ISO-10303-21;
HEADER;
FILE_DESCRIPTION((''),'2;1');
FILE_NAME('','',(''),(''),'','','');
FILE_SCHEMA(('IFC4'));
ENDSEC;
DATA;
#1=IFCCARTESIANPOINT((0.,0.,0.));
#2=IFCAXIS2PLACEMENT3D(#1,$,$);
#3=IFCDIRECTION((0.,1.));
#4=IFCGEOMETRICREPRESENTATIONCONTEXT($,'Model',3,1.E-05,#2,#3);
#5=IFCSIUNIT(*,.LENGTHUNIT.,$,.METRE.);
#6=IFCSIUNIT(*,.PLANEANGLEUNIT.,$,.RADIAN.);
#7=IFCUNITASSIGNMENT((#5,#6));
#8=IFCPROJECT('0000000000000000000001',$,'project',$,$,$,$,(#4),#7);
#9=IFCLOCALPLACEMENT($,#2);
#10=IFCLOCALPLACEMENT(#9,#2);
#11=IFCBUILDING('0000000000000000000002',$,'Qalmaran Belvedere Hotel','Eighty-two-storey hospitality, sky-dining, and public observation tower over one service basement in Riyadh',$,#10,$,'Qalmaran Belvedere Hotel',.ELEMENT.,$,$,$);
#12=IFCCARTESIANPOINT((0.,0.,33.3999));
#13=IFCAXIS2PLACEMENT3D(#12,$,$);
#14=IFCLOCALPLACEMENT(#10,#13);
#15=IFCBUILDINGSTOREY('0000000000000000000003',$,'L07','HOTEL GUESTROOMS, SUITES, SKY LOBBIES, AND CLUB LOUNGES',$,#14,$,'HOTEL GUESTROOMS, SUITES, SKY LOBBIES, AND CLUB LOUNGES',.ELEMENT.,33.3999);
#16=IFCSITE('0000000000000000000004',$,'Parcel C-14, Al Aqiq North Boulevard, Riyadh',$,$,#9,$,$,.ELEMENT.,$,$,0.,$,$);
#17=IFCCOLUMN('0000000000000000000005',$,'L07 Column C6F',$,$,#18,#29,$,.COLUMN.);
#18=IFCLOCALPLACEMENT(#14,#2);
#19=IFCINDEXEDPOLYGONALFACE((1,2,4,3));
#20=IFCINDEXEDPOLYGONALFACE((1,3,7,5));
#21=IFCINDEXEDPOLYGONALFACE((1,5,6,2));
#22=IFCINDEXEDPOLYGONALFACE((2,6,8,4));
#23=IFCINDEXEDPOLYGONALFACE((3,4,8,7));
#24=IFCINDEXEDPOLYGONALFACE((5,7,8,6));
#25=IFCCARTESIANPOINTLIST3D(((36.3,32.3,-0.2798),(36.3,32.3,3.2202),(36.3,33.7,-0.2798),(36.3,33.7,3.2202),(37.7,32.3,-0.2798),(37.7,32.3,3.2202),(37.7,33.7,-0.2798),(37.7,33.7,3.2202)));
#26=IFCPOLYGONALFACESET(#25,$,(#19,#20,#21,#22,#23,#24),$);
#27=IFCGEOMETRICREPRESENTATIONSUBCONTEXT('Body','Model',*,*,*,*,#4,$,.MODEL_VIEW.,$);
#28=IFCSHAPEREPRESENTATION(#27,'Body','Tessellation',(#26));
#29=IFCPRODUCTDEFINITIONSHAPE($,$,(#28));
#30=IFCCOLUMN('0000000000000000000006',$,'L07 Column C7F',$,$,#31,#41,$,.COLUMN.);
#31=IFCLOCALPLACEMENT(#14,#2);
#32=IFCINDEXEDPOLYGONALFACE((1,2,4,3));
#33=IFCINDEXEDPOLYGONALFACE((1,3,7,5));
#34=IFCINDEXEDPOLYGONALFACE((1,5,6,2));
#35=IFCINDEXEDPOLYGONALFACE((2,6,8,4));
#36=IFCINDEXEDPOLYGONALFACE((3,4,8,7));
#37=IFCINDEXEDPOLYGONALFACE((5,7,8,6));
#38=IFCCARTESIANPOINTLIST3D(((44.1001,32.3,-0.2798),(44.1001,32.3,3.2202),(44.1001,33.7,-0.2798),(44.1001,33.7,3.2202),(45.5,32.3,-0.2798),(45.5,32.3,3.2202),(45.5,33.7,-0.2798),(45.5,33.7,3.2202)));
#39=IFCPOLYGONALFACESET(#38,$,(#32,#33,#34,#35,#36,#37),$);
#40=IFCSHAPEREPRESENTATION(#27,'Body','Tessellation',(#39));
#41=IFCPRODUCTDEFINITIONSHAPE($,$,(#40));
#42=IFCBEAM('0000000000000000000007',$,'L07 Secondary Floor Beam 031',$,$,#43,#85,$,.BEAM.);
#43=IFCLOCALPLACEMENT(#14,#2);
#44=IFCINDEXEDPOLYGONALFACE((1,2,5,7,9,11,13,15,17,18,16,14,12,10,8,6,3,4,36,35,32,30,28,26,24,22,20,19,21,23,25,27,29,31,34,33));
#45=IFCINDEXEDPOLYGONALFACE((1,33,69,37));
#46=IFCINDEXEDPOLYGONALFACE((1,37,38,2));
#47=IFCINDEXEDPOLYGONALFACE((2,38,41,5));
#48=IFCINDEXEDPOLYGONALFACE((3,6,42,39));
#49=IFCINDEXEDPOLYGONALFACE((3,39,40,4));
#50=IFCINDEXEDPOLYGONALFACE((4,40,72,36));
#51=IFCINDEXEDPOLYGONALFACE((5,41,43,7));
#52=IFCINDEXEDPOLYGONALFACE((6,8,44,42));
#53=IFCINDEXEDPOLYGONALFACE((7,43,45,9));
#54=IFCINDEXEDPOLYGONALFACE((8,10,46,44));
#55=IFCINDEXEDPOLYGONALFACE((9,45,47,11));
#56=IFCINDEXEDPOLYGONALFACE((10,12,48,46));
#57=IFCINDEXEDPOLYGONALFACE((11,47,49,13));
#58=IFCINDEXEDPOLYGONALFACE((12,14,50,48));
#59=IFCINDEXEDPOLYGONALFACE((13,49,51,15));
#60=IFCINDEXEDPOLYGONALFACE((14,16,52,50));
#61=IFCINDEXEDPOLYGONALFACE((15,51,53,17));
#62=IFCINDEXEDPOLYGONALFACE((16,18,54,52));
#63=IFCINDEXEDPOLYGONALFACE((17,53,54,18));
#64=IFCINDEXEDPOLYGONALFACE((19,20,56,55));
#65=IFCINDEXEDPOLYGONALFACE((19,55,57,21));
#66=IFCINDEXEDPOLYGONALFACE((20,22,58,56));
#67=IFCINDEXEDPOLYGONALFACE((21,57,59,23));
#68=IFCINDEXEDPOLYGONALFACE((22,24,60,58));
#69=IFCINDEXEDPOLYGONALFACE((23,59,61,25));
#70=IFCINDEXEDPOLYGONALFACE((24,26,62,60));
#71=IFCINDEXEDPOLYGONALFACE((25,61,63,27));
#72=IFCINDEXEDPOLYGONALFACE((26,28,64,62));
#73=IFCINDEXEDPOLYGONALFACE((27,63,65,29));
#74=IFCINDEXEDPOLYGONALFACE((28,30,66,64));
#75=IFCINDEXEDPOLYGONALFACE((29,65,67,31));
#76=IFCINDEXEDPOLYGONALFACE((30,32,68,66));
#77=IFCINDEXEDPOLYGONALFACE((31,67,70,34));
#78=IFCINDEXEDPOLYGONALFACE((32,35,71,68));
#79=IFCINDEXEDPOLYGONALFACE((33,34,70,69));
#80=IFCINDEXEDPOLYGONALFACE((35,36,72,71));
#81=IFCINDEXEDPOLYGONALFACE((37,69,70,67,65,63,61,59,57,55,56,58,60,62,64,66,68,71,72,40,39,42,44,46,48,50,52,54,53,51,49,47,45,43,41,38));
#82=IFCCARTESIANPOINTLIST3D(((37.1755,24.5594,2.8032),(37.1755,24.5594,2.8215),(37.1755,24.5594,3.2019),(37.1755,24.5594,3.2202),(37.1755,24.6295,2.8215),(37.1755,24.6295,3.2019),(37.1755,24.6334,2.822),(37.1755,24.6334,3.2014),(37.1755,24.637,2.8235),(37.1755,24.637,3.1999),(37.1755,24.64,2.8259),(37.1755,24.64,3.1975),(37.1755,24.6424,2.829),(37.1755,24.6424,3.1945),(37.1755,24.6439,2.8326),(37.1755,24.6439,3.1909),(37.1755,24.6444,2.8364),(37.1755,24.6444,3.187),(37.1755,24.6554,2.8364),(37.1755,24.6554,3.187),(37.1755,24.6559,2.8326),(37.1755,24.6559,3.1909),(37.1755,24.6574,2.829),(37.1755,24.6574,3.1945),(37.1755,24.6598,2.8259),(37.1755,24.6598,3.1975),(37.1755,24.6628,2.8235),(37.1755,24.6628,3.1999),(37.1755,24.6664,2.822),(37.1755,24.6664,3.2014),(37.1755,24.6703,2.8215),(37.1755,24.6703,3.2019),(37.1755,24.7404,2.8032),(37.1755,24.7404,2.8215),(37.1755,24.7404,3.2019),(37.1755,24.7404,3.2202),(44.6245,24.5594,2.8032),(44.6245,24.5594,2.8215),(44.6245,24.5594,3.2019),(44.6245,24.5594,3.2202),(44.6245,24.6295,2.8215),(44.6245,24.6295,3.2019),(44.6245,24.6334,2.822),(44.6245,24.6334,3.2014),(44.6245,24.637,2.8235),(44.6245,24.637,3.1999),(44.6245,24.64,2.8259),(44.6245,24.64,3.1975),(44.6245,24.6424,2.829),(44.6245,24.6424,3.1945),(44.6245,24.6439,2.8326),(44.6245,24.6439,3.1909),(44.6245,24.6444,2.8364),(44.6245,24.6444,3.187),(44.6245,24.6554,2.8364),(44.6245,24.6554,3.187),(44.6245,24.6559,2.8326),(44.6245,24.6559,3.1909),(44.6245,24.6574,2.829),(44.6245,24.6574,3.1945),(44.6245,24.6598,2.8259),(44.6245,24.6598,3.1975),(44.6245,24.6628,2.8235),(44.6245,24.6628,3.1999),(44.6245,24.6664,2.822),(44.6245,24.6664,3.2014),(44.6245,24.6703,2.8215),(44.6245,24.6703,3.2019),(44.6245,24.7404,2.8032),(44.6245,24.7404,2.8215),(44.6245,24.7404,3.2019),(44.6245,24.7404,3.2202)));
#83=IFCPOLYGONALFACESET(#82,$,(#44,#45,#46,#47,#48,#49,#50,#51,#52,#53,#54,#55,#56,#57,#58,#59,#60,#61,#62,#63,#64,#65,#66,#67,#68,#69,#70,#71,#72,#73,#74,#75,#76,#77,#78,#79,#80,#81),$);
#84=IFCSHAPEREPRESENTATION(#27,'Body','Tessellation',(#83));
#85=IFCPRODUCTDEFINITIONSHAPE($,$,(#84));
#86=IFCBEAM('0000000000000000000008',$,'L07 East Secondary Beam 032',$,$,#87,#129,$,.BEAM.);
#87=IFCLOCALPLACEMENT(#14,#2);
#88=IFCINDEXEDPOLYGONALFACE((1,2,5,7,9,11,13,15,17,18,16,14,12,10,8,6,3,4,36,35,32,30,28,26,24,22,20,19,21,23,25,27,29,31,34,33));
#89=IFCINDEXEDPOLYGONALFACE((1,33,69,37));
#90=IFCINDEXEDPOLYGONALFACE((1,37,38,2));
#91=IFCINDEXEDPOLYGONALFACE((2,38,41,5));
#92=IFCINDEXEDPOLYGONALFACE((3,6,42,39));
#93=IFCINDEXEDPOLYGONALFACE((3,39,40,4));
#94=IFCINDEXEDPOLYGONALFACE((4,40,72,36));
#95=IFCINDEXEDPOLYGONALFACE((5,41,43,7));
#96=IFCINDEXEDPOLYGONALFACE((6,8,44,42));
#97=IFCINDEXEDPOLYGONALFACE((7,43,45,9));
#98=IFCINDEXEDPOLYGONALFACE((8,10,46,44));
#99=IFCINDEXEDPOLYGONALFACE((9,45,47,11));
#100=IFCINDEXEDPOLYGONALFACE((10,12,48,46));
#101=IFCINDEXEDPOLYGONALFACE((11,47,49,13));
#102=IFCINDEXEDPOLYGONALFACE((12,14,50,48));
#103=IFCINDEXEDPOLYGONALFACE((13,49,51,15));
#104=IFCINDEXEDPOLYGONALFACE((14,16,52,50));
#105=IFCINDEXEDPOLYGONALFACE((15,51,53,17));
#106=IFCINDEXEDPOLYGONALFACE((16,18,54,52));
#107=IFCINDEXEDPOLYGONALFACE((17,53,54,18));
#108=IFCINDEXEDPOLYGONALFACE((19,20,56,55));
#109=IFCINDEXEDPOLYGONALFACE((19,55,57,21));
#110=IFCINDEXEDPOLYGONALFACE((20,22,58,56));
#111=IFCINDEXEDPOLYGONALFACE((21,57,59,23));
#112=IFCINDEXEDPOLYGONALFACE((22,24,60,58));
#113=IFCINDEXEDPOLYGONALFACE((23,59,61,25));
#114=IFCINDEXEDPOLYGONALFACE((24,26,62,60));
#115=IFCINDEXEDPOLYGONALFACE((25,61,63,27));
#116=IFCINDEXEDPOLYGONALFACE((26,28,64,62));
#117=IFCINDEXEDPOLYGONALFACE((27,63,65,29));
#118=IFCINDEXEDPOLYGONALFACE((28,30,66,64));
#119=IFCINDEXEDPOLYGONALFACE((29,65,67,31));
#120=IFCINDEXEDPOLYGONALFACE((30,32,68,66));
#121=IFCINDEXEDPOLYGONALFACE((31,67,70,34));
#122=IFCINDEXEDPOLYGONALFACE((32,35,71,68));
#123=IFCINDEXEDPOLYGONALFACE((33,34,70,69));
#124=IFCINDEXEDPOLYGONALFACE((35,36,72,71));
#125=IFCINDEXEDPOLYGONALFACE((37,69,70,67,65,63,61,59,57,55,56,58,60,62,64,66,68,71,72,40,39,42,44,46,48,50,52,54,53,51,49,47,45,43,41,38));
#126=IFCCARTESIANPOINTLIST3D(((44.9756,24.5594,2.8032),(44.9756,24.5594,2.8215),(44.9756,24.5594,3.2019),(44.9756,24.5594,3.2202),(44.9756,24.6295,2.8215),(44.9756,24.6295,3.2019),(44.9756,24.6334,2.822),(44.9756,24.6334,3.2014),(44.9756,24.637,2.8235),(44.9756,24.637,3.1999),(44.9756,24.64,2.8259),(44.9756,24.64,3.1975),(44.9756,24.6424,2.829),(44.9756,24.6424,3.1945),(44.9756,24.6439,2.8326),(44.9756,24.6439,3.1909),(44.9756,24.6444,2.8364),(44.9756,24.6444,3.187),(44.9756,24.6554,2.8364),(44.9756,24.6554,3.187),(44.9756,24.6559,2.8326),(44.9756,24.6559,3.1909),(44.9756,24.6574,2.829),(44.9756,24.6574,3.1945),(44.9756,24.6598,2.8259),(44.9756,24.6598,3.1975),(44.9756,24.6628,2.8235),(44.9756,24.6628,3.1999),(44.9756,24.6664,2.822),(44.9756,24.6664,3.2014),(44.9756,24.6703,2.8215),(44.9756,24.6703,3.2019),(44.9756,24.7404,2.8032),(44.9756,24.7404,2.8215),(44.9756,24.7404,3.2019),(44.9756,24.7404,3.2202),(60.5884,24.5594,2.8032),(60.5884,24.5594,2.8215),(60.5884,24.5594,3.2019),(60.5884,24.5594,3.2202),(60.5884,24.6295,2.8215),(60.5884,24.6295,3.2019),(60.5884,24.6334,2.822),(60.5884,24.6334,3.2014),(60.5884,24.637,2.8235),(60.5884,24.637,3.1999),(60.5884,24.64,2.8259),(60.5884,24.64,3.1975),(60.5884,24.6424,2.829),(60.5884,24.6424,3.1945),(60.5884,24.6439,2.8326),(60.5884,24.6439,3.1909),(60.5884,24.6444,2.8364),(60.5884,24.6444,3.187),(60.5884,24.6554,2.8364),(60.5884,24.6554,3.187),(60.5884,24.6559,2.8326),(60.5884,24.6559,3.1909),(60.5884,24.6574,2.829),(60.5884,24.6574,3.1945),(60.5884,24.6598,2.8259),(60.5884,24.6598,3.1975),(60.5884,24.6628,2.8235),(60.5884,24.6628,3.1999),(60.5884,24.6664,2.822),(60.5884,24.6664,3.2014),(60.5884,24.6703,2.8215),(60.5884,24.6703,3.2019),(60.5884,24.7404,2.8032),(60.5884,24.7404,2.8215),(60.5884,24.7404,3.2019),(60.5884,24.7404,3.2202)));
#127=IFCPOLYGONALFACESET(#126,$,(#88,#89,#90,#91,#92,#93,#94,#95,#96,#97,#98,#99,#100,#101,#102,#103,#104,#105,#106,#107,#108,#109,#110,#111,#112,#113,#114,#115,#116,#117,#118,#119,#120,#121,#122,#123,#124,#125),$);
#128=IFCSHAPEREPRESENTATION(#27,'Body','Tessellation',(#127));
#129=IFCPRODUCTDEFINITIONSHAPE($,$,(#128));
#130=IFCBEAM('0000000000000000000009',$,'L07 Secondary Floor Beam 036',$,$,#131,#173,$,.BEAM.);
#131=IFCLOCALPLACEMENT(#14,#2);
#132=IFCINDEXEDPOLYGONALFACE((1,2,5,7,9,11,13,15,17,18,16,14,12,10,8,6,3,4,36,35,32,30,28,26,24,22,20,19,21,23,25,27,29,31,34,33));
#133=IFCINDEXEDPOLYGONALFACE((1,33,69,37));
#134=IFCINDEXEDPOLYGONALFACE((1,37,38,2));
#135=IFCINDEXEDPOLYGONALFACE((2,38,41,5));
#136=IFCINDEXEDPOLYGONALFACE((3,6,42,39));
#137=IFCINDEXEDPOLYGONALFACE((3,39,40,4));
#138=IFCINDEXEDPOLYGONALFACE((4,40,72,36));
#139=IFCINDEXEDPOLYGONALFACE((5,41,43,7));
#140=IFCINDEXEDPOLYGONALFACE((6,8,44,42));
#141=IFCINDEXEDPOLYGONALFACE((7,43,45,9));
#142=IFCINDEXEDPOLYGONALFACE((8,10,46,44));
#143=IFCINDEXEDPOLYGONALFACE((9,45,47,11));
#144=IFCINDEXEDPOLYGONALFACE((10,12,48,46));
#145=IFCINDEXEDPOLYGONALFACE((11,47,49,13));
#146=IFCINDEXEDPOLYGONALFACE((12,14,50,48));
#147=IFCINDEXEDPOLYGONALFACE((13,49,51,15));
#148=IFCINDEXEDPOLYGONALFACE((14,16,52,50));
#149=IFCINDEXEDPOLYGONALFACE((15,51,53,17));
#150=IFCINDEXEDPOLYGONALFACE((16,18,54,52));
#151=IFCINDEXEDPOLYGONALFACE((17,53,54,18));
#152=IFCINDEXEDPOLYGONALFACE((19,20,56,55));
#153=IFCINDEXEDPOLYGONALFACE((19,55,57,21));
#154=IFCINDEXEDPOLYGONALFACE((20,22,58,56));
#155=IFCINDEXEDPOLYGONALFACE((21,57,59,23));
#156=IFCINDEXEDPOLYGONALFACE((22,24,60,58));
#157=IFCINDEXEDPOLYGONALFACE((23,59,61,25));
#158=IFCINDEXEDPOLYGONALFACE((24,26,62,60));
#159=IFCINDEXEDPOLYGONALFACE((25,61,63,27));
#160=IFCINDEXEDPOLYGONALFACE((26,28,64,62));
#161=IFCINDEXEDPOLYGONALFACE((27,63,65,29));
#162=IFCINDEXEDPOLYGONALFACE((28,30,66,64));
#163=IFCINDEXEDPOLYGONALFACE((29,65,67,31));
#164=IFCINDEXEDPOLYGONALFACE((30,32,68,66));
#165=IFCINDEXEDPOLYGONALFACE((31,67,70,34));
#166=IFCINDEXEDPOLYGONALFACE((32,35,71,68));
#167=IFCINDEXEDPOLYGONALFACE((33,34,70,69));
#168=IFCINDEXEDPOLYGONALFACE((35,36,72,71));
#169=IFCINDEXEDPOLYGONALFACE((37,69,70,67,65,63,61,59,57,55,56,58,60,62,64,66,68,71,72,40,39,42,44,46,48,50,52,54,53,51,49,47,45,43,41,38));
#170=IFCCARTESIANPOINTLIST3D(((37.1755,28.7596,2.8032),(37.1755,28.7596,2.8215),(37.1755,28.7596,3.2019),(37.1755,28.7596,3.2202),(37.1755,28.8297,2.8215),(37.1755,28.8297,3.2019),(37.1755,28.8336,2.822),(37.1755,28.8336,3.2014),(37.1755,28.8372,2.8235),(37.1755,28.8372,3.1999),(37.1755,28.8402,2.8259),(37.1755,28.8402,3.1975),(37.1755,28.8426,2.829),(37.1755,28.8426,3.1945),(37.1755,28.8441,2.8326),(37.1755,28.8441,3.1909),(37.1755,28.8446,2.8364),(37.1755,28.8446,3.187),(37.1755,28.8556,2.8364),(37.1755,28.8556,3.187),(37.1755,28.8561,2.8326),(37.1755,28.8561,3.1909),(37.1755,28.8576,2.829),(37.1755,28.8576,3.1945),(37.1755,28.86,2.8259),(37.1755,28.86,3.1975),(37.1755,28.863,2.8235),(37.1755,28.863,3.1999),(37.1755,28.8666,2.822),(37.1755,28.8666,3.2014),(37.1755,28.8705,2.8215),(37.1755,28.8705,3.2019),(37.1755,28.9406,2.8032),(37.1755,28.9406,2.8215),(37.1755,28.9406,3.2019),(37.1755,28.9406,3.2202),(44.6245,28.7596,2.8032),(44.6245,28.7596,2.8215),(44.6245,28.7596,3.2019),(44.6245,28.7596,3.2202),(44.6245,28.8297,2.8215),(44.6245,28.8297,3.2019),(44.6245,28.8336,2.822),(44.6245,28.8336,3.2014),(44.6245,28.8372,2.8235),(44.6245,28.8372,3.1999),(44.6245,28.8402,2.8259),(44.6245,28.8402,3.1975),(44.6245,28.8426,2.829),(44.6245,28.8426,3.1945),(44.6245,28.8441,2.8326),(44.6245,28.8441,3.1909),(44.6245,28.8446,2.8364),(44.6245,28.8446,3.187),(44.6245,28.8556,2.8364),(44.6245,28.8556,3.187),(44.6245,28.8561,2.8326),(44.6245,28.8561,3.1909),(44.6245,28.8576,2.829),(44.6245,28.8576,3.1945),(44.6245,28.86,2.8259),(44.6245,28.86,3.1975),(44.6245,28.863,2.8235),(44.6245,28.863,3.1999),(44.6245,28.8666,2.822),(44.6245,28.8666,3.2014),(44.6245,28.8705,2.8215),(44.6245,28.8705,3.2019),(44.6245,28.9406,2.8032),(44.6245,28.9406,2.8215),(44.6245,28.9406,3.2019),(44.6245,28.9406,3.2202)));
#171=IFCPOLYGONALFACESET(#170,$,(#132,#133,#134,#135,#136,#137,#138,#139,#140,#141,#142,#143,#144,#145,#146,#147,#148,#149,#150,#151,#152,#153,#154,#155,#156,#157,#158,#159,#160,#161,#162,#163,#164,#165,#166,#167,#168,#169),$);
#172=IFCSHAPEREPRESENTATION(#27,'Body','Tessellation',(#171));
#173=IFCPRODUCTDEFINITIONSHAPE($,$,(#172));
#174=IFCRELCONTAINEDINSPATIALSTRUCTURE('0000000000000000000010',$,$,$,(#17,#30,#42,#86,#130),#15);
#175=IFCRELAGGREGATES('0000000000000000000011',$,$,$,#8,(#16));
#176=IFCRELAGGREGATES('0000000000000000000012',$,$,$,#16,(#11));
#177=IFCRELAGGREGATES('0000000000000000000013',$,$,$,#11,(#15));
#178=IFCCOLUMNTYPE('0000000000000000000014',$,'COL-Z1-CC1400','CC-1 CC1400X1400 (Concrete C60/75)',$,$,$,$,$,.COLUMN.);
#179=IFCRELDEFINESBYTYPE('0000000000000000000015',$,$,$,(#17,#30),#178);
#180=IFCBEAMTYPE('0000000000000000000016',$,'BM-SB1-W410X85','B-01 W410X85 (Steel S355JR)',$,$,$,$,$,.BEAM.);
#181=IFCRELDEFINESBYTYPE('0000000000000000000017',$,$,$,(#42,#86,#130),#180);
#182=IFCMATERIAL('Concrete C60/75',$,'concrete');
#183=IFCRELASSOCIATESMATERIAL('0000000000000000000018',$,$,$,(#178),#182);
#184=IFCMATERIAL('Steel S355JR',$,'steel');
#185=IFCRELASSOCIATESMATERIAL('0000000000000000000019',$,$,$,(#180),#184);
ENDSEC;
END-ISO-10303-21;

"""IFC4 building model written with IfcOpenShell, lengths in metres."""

from ifc_helpers import new_model, si_unit, direction, frame, origin, origin_2d, place, context, subcontext, project, spatial, rectangle, i_section, extrude, material, material_profile, profile_set, type_object, element, save


model = new_model("IFC4")

# Units and contexts
model_context = context("Model", 3, precision=1e-05, world=origin(), true_north=direction((0.0, 1.0)))
body_context = subcontext(model_context, "Body", "Model", "MODEL_VIEW")
ifc_project = project(units=[si_unit("LENGTHUNIT", "METRE"), si_unit("PLANEANGLEUNIT", "RADIAN")], contexts=[model_context])

# Site, building, storey
site_placement = place(None, origin())
site = spatial("IfcSite", under=ifc_project, at=site_placement, Name="Parcel C-14, Al Aqiq North Boulevard, Riyadh", CompositionType="ELEMENT", RefElevation=0.0)
building_placement = place(site_placement, origin())
building = spatial("IfcBuilding", under=site, at=building_placement, Name="Qalmaran Belvedere Hotel", Description="Eighty-two-storey hospitality, sky-dining, and public observation tower over one service basement in Riyadh", LongName="Qalmaran Belvedere Hotel", CompositionType="ELEMENT")
storey_placement = place(building_placement, frame((0.0, 0.0, 33.3999)))
storey = spatial("IfcBuildingStorey", under=building, at=storey_placement, Name="L07", Description="HOTEL GUESTROOMS, SUITES, SKY LOBBIES, AND CLUB LOUNGES", LongName="HOTEL GUESTROOMS, SUITES, SKY LOBBIES, AND CLUB LOUNGES", CompositionType="ELEMENT", Elevation=33.3999)

# Columns
ifc_material_1 = material(Name="Concrete C60/75", Category="concrete")
ifc_material_profile_1 = material_profile(ifc_material_1, rectangle(XDim=1.3999, YDim=1.3999, at=origin_2d()), Name="CC1400X1400")
ifc_profile_set_1 = profile_set([ifc_material_profile_1], Name="Concrete C60/75")
column_type = type_object("IfcColumnType", Name="COL-Z1-CC1400", Description="CC-1 CC1400X1400 (Concrete C60/75)", PredefinedType="COLUMN", material=ifc_profile_set_1)
for number, where, z_axis, x_axis, name in (
    (1, (37.0, 33.0, -0.2798), (0.0, 0.0, 1.0), (1.0, 0.0, 0.0), "L07 Column C6F"),
    (2, (44.8, 33.0, -0.2798), (0.0, 0.0, 1.0), (1.0, 0.0, 0.0), "L07 Column C7F"),
):
    element("IfcColumn", number, at=place(storey_placement, frame(where, z_axis=z_axis, x_axis=x_axis)), inside=storey, type_object=column_type, Name=name, PredefinedType="COLUMN", context=body_context, shape_type="SweptSolid", body=[
        extrude(rectangle(XDim=1.3999, YDim=1.3999, at=origin_2d()), origin(), (0.0, 0.0, 1.0), 3.5),
    ])

# Beams
ifc_material_2 = material(Name="Steel S355JR", Category="steel")
ifc_material_profile_2 = material_profile(ifc_material_2, i_section(OverallWidth=0.1809, OverallDepth=0.417, WebThickness=0.011, FlangeThickness=0.0183, FilletRadius=0.0149, at=origin_2d()), Name="W410X85")
ifc_profile_set_2 = profile_set([ifc_material_profile_2], Name="Steel S355JR")
beam_type_1 = type_object("IfcBeamType", Name="BM-SB1-W410X85", Description="B-01 W410X85 (Steel S355JR)", PredefinedType="BEAM", material=ifc_profile_set_2)
beam_1_placement = place(storey_placement, frame((37.1755, 24.6499, 3.0117), z_axis=(1.0, 0.0, 0.0), x_axis=(0.0, 1.0, 0.0)))
element("IfcBeam", 3, at=beam_1_placement, inside=storey, type_object=beam_type_1, Name="L07 Secondary Floor Beam 031", PredefinedType="BEAM", context=body_context, shape_type="SweptSolid", body=[
    extrude(i_section(OverallWidth=0.1809, OverallDepth=0.417, WebThickness=0.011, FlangeThickness=0.0183, FilletRadius=0.0149, at=origin_2d()), origin(), (0.0, 0.0, 1.0), 7.449),
])
beam_2_placement = place(storey_placement, frame((44.9756, 24.6499, 3.0117), z_axis=(1.0, 0.0, 0.0), x_axis=(0.0, 1.0, 0.0)))
element("IfcBeam", 4, at=beam_2_placement, inside=storey, type_object=beam_type_1, Name="L07 East Secondary Beam 032", PredefinedType="BEAM", context=body_context, shape_type="SweptSolid", body=[
    extrude(i_section(OverallWidth=0.1809, OverallDepth=0.417, WebThickness=0.011, FlangeThickness=0.0183, FilletRadius=0.0149, at=origin_2d()), origin(), (0.0, 0.0, 1.0), 15.6128),
])
beam_3_placement = place(storey_placement, frame((37.1755, 28.8501, 3.0117), z_axis=(1.0, 0.0, 0.0), x_axis=(0.0, 1.0, 0.0)))
element("IfcBeam", 5, at=beam_3_placement, inside=storey, type_object=beam_type_1, Name="L07 Secondary Floor Beam 036", PredefinedType="BEAM", context=body_context, shape_type="SweptSolid", body=[
    extrude(i_section(OverallWidth=0.1809, OverallDepth=0.417, WebThickness=0.011, FlangeThickness=0.0183, FilletRadius=0.0149, at=origin_2d()), origin(), (0.0, 0.0, 1.0), 7.449),
])

save(model, "model.ifc")
